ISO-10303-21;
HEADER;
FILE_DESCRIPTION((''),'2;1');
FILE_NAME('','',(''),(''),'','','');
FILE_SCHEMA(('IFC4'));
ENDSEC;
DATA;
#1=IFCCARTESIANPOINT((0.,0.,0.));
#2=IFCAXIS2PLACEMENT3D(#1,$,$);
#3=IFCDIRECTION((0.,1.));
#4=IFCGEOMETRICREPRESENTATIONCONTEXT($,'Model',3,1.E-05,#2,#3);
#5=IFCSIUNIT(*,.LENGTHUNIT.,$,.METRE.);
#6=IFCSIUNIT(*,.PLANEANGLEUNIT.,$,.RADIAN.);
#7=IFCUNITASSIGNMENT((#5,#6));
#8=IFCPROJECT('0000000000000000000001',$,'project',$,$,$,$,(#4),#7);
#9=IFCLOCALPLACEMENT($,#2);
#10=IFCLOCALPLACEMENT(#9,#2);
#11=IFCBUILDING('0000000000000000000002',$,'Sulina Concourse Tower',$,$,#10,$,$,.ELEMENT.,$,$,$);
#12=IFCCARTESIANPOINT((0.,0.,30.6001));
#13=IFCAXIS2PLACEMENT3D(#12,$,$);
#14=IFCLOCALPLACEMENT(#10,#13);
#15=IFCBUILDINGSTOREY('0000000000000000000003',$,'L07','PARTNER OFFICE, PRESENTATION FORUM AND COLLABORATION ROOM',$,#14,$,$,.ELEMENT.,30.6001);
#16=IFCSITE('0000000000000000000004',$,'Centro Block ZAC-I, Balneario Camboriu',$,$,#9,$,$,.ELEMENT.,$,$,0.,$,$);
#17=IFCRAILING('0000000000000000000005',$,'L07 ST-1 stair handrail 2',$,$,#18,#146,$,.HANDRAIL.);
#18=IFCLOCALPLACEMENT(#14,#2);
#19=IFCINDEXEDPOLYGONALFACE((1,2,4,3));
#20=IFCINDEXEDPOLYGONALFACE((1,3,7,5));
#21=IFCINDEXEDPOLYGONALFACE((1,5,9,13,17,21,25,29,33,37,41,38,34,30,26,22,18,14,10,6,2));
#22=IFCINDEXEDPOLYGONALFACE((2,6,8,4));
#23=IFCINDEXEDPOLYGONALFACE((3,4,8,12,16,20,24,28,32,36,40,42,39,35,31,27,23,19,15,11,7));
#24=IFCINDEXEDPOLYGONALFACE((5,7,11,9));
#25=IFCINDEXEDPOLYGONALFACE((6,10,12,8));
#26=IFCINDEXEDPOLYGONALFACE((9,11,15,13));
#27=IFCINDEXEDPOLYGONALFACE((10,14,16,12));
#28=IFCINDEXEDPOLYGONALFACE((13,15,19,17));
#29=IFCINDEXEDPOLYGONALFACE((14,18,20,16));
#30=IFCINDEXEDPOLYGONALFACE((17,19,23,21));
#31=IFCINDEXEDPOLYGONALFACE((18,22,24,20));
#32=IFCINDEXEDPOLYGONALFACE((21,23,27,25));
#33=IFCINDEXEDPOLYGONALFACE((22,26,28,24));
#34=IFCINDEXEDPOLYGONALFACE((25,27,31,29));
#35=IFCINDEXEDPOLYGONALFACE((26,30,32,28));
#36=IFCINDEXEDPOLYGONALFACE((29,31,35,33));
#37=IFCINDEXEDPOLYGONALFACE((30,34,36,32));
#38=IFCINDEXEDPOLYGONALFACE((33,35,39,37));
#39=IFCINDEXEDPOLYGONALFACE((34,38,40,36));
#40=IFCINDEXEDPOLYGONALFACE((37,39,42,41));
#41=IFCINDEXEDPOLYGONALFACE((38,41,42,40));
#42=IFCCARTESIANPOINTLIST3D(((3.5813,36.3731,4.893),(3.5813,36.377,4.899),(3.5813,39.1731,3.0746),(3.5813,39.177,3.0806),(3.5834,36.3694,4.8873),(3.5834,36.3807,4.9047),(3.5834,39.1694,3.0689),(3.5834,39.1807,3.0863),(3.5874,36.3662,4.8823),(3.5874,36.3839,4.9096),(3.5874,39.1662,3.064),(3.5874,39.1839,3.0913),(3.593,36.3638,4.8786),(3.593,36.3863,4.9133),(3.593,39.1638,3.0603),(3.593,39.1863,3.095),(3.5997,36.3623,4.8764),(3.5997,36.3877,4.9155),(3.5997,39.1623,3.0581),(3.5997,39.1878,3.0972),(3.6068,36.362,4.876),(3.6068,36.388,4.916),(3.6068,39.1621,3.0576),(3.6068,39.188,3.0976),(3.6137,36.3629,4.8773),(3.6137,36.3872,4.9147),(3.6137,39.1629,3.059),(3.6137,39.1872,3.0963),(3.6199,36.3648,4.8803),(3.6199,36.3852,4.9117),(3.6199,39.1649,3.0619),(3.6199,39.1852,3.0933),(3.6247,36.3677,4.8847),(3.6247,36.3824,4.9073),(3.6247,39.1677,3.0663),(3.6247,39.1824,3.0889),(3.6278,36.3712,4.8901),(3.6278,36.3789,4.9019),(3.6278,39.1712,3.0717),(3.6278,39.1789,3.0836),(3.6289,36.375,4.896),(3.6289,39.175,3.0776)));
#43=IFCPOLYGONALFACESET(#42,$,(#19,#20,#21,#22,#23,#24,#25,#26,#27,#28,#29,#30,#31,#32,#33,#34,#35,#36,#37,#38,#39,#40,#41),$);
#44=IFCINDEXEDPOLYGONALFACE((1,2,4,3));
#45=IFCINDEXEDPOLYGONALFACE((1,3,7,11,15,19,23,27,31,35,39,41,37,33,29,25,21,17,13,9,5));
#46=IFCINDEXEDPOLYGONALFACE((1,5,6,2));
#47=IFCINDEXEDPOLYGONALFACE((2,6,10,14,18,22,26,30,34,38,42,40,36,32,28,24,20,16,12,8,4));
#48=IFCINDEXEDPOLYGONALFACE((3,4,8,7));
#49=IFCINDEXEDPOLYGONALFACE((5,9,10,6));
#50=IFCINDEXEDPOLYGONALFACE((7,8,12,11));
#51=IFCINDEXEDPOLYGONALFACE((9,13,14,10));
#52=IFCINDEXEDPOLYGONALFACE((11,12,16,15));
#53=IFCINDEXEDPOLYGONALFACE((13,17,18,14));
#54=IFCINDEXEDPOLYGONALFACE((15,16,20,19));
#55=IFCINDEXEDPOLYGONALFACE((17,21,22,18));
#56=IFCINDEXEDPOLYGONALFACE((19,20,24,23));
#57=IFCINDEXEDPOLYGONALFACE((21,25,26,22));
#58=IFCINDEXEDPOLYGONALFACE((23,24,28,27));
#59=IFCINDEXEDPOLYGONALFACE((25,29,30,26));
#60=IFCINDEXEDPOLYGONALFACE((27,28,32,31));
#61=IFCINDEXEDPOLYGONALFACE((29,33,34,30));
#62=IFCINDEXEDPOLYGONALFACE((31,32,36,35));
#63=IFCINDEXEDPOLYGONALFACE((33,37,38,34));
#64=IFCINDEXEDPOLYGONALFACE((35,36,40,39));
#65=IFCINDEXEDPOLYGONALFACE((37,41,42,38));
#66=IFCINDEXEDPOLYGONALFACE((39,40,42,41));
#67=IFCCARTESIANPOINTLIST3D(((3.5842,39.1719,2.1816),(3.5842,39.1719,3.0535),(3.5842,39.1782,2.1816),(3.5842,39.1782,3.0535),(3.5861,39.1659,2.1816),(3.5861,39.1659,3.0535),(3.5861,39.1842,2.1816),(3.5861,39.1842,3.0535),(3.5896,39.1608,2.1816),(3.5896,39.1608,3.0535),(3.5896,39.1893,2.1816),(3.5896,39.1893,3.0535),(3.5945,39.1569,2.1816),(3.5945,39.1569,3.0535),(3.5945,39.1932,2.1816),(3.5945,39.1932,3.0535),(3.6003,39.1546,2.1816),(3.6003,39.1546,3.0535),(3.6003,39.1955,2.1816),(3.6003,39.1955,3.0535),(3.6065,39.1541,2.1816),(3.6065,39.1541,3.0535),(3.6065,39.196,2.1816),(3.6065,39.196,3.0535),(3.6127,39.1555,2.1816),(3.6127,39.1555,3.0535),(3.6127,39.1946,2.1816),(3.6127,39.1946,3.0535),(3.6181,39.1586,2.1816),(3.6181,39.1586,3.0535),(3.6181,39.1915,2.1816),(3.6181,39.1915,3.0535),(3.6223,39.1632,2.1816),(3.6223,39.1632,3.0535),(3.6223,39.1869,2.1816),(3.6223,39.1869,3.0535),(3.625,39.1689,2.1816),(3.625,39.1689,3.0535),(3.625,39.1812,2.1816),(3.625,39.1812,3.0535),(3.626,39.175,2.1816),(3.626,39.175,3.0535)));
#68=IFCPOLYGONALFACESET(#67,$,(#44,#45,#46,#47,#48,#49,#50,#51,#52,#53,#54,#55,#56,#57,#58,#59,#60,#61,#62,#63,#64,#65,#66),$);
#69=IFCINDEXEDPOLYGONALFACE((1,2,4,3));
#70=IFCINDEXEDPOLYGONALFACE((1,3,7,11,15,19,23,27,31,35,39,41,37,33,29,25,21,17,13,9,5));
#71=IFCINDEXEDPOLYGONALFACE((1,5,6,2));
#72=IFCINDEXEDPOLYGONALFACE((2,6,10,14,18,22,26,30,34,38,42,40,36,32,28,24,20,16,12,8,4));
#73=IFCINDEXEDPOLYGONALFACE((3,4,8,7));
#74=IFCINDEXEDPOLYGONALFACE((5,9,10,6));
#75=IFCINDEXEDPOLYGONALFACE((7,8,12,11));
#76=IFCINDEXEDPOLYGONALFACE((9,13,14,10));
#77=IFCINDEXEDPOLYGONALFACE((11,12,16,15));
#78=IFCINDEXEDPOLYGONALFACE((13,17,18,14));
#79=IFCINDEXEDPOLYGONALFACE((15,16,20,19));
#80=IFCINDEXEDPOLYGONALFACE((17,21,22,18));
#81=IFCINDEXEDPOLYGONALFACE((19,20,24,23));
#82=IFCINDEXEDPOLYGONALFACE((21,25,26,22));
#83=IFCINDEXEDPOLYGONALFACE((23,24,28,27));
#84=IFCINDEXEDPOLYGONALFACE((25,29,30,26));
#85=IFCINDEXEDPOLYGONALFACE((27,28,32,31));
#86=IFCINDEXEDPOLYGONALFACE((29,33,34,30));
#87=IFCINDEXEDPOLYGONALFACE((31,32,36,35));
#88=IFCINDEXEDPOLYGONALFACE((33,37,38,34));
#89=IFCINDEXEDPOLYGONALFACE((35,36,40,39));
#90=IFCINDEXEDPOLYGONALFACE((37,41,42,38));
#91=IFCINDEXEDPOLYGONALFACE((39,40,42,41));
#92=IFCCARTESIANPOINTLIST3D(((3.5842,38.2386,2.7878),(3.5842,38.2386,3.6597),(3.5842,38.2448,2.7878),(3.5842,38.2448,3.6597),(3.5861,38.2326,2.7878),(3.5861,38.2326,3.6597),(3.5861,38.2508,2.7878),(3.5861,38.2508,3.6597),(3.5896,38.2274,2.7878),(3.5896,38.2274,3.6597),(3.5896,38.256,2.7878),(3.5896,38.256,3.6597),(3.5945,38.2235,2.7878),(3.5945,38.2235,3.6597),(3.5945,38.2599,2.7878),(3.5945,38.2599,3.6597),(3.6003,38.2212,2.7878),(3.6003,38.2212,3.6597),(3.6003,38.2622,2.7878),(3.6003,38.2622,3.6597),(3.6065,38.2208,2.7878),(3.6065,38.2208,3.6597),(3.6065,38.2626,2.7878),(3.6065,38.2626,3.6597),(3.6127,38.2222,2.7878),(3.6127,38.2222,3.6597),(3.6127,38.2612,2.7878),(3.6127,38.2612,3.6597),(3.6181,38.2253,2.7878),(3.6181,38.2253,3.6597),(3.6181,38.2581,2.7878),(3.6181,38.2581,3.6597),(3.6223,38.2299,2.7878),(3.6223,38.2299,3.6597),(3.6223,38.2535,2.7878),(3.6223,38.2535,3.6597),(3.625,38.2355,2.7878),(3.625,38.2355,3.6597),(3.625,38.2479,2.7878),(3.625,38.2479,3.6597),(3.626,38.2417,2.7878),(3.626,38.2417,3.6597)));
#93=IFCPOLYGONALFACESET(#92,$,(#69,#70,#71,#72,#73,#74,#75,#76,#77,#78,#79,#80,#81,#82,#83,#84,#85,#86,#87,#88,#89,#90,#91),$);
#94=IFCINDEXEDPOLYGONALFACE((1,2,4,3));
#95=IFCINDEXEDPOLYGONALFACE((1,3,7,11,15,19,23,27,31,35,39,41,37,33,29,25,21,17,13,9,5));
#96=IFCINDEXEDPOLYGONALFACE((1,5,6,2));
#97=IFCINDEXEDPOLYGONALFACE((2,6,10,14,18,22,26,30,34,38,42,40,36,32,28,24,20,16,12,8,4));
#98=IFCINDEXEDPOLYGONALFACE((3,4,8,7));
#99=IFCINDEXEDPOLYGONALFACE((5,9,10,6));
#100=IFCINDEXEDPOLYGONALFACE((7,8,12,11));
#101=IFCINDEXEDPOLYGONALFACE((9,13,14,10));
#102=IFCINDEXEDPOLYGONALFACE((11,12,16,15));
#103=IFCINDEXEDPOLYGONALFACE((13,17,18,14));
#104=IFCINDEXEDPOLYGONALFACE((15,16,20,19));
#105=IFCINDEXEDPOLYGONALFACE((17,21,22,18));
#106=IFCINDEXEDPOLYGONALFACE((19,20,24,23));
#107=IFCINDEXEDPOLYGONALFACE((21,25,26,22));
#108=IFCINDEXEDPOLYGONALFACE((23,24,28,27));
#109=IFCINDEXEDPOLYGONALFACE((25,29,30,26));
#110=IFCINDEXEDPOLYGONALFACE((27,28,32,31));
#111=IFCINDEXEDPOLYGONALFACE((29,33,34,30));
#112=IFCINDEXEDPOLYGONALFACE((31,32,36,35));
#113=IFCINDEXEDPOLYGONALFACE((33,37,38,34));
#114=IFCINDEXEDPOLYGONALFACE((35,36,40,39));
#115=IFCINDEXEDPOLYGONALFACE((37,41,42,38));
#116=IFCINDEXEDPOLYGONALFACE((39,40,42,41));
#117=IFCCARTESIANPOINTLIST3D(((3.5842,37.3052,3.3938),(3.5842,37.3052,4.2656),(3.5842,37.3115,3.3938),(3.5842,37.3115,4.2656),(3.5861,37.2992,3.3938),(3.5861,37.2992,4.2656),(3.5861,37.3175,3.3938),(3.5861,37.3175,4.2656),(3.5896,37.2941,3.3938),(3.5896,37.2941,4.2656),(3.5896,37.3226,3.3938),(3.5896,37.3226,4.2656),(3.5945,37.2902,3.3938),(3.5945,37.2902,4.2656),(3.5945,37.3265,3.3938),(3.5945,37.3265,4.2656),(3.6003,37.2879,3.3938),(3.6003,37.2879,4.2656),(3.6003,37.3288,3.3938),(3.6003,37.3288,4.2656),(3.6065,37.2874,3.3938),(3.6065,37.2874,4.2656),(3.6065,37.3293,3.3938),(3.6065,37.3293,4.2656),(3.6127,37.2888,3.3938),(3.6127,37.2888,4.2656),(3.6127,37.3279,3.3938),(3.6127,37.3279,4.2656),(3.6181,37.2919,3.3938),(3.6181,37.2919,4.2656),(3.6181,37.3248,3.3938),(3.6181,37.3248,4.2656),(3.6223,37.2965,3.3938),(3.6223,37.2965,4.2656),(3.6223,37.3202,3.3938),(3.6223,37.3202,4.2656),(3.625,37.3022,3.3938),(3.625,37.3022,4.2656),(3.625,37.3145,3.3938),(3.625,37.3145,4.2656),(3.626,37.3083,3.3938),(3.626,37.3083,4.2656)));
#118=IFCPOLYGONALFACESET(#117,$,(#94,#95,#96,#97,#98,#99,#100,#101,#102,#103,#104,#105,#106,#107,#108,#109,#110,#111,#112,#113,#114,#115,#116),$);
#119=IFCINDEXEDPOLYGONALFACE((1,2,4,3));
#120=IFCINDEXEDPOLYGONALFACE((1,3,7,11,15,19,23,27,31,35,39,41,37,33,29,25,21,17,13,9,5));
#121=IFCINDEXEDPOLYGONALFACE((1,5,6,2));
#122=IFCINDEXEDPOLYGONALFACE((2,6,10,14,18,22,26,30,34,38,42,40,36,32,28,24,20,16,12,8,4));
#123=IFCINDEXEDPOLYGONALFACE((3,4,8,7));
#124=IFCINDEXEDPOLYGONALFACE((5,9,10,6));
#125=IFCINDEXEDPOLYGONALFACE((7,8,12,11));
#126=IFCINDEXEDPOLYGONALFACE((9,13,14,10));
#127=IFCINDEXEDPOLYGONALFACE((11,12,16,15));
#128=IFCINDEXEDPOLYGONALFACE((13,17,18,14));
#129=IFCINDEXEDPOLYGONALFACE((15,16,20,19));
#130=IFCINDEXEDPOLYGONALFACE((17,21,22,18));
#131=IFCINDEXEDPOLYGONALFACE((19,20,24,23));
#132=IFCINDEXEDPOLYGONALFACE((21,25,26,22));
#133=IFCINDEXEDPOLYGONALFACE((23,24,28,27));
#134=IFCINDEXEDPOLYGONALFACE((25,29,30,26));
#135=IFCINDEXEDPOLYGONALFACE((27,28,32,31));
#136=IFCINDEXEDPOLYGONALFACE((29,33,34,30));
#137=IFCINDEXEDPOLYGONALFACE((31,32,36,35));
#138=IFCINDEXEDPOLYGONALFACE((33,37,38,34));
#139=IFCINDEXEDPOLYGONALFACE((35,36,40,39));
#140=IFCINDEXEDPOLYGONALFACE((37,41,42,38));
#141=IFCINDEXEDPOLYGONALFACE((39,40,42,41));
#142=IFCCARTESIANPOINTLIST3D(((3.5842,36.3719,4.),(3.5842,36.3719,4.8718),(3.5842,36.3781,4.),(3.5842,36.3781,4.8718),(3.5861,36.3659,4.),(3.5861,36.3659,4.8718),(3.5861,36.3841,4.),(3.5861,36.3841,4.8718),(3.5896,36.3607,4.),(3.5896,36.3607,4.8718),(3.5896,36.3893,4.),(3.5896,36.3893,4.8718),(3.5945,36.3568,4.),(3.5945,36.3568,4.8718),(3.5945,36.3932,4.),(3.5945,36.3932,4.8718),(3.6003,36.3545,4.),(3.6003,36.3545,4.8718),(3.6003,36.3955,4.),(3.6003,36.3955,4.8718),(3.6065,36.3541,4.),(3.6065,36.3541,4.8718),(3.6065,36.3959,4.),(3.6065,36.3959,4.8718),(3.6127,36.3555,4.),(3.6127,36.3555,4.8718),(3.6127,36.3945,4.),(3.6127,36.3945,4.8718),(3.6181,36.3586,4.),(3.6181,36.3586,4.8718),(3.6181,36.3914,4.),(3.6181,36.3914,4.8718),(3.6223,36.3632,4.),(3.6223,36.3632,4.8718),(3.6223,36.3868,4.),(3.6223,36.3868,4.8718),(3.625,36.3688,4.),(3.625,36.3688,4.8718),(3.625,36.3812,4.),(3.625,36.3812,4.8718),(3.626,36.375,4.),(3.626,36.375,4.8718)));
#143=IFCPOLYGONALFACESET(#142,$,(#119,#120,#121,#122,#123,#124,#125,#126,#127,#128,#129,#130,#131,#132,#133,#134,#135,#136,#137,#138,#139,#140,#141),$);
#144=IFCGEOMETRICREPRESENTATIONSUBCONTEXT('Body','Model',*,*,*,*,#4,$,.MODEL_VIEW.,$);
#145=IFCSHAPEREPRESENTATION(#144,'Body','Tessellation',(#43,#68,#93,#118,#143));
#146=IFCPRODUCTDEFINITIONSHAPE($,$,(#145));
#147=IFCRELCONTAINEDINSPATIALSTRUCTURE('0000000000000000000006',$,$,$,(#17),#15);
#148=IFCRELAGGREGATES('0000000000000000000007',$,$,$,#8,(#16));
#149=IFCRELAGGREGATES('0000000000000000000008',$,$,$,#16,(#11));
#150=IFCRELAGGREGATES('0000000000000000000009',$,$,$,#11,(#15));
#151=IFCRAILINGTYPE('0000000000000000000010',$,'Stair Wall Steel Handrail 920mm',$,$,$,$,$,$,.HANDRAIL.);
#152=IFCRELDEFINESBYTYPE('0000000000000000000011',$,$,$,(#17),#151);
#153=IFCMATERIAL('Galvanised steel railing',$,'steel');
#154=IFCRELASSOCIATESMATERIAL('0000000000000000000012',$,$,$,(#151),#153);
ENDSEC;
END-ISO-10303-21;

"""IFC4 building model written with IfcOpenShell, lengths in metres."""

from ifc_helpers import new_model, si_unit, direction, frame, origin, origin_2d, place, context, subcontext, project, spatial, circle, extrude, material, type_object, element, save


model = new_model("IFC4")

# Units and contexts
model_context = context("Model", 3, precision=1e-05, world=origin(), true_north=direction((0.0, 1.0)))
body_context = subcontext(model_context, "Body", "Model", "MODEL_VIEW")
ifc_project = project(units=[si_unit("LENGTHUNIT", "METRE"), si_unit("PLANEANGLEUNIT", "RADIAN")], contexts=[model_context])

# Site, building, storey
site_placement = place(None, origin())
site = spatial("IfcSite", under=ifc_project, at=site_placement, Name="Centro Block ZAC-I, Balneario Camboriu", CompositionType="ELEMENT", RefElevation=0.0)
building_placement = place(site_placement, origin())
building = spatial("IfcBuilding", under=site, at=building_placement, Name="Sulina Concourse Tower", CompositionType="ELEMENT")
storey_placement = place(building_placement, frame((0.0, 0.0, 30.6001)))
storey = spatial("IfcBuildingStorey", under=building, at=storey_placement, Name="L07", Description="PARTNER OFFICE, PRESENTATION FORUM AND COLLABORATION ROOM", CompositionType="ELEMENT", Elevation=30.6001)

# Railing
ifc_material_1 = material(Name="Galvanised steel railing", Category="steel")
railing_type_1 = type_object("IfcRailingType", Name="Stair Wall Steel Handrail 920mm", PredefinedType="HANDRAIL", material=ifc_material_1)
railing_1_placement = place(storey_placement, frame((3.605, 39.175, 2.1816)))
element("IfcRailing", 1, at=railing_1_placement, inside=storey, type_object=railing_type_1, Name="L07 ST-1 stair handrail 2", PredefinedType="HANDRAIL", context=body_context, shape_type="SweptSolid", body=[
    extrude(circle(Radius=0.0239, at=origin_2d()), frame((0.0, 0.0, 0.896), z_axis=(0.0, -0.838672, 0.544636), x_axis=(1.0, 0.0, 0.0)), (0.0, 0.0, 1.0), 3.3386),
    extrude(circle(Radius=0.021, at=origin_2d()), origin(), (0.0, 0.0, 1.0), 0.8718),
    extrude(circle(Radius=0.021, at=origin_2d()), frame((0.0, -0.9333, 0.6062)), (0.0, 0.0, 1.0), 0.8718),
    extrude(circle(Radius=0.021, at=origin_2d()), frame((0.0, -1.8667, 1.2122)), (0.0, 0.0, 1.0), 0.8718),
    extrude(circle(Radius=0.021, at=origin_2d()), frame((0.0, -2.8, 1.8184)), (0.0, 0.0, 1.0), 0.8718),
])

save(model, "model.ifc")
